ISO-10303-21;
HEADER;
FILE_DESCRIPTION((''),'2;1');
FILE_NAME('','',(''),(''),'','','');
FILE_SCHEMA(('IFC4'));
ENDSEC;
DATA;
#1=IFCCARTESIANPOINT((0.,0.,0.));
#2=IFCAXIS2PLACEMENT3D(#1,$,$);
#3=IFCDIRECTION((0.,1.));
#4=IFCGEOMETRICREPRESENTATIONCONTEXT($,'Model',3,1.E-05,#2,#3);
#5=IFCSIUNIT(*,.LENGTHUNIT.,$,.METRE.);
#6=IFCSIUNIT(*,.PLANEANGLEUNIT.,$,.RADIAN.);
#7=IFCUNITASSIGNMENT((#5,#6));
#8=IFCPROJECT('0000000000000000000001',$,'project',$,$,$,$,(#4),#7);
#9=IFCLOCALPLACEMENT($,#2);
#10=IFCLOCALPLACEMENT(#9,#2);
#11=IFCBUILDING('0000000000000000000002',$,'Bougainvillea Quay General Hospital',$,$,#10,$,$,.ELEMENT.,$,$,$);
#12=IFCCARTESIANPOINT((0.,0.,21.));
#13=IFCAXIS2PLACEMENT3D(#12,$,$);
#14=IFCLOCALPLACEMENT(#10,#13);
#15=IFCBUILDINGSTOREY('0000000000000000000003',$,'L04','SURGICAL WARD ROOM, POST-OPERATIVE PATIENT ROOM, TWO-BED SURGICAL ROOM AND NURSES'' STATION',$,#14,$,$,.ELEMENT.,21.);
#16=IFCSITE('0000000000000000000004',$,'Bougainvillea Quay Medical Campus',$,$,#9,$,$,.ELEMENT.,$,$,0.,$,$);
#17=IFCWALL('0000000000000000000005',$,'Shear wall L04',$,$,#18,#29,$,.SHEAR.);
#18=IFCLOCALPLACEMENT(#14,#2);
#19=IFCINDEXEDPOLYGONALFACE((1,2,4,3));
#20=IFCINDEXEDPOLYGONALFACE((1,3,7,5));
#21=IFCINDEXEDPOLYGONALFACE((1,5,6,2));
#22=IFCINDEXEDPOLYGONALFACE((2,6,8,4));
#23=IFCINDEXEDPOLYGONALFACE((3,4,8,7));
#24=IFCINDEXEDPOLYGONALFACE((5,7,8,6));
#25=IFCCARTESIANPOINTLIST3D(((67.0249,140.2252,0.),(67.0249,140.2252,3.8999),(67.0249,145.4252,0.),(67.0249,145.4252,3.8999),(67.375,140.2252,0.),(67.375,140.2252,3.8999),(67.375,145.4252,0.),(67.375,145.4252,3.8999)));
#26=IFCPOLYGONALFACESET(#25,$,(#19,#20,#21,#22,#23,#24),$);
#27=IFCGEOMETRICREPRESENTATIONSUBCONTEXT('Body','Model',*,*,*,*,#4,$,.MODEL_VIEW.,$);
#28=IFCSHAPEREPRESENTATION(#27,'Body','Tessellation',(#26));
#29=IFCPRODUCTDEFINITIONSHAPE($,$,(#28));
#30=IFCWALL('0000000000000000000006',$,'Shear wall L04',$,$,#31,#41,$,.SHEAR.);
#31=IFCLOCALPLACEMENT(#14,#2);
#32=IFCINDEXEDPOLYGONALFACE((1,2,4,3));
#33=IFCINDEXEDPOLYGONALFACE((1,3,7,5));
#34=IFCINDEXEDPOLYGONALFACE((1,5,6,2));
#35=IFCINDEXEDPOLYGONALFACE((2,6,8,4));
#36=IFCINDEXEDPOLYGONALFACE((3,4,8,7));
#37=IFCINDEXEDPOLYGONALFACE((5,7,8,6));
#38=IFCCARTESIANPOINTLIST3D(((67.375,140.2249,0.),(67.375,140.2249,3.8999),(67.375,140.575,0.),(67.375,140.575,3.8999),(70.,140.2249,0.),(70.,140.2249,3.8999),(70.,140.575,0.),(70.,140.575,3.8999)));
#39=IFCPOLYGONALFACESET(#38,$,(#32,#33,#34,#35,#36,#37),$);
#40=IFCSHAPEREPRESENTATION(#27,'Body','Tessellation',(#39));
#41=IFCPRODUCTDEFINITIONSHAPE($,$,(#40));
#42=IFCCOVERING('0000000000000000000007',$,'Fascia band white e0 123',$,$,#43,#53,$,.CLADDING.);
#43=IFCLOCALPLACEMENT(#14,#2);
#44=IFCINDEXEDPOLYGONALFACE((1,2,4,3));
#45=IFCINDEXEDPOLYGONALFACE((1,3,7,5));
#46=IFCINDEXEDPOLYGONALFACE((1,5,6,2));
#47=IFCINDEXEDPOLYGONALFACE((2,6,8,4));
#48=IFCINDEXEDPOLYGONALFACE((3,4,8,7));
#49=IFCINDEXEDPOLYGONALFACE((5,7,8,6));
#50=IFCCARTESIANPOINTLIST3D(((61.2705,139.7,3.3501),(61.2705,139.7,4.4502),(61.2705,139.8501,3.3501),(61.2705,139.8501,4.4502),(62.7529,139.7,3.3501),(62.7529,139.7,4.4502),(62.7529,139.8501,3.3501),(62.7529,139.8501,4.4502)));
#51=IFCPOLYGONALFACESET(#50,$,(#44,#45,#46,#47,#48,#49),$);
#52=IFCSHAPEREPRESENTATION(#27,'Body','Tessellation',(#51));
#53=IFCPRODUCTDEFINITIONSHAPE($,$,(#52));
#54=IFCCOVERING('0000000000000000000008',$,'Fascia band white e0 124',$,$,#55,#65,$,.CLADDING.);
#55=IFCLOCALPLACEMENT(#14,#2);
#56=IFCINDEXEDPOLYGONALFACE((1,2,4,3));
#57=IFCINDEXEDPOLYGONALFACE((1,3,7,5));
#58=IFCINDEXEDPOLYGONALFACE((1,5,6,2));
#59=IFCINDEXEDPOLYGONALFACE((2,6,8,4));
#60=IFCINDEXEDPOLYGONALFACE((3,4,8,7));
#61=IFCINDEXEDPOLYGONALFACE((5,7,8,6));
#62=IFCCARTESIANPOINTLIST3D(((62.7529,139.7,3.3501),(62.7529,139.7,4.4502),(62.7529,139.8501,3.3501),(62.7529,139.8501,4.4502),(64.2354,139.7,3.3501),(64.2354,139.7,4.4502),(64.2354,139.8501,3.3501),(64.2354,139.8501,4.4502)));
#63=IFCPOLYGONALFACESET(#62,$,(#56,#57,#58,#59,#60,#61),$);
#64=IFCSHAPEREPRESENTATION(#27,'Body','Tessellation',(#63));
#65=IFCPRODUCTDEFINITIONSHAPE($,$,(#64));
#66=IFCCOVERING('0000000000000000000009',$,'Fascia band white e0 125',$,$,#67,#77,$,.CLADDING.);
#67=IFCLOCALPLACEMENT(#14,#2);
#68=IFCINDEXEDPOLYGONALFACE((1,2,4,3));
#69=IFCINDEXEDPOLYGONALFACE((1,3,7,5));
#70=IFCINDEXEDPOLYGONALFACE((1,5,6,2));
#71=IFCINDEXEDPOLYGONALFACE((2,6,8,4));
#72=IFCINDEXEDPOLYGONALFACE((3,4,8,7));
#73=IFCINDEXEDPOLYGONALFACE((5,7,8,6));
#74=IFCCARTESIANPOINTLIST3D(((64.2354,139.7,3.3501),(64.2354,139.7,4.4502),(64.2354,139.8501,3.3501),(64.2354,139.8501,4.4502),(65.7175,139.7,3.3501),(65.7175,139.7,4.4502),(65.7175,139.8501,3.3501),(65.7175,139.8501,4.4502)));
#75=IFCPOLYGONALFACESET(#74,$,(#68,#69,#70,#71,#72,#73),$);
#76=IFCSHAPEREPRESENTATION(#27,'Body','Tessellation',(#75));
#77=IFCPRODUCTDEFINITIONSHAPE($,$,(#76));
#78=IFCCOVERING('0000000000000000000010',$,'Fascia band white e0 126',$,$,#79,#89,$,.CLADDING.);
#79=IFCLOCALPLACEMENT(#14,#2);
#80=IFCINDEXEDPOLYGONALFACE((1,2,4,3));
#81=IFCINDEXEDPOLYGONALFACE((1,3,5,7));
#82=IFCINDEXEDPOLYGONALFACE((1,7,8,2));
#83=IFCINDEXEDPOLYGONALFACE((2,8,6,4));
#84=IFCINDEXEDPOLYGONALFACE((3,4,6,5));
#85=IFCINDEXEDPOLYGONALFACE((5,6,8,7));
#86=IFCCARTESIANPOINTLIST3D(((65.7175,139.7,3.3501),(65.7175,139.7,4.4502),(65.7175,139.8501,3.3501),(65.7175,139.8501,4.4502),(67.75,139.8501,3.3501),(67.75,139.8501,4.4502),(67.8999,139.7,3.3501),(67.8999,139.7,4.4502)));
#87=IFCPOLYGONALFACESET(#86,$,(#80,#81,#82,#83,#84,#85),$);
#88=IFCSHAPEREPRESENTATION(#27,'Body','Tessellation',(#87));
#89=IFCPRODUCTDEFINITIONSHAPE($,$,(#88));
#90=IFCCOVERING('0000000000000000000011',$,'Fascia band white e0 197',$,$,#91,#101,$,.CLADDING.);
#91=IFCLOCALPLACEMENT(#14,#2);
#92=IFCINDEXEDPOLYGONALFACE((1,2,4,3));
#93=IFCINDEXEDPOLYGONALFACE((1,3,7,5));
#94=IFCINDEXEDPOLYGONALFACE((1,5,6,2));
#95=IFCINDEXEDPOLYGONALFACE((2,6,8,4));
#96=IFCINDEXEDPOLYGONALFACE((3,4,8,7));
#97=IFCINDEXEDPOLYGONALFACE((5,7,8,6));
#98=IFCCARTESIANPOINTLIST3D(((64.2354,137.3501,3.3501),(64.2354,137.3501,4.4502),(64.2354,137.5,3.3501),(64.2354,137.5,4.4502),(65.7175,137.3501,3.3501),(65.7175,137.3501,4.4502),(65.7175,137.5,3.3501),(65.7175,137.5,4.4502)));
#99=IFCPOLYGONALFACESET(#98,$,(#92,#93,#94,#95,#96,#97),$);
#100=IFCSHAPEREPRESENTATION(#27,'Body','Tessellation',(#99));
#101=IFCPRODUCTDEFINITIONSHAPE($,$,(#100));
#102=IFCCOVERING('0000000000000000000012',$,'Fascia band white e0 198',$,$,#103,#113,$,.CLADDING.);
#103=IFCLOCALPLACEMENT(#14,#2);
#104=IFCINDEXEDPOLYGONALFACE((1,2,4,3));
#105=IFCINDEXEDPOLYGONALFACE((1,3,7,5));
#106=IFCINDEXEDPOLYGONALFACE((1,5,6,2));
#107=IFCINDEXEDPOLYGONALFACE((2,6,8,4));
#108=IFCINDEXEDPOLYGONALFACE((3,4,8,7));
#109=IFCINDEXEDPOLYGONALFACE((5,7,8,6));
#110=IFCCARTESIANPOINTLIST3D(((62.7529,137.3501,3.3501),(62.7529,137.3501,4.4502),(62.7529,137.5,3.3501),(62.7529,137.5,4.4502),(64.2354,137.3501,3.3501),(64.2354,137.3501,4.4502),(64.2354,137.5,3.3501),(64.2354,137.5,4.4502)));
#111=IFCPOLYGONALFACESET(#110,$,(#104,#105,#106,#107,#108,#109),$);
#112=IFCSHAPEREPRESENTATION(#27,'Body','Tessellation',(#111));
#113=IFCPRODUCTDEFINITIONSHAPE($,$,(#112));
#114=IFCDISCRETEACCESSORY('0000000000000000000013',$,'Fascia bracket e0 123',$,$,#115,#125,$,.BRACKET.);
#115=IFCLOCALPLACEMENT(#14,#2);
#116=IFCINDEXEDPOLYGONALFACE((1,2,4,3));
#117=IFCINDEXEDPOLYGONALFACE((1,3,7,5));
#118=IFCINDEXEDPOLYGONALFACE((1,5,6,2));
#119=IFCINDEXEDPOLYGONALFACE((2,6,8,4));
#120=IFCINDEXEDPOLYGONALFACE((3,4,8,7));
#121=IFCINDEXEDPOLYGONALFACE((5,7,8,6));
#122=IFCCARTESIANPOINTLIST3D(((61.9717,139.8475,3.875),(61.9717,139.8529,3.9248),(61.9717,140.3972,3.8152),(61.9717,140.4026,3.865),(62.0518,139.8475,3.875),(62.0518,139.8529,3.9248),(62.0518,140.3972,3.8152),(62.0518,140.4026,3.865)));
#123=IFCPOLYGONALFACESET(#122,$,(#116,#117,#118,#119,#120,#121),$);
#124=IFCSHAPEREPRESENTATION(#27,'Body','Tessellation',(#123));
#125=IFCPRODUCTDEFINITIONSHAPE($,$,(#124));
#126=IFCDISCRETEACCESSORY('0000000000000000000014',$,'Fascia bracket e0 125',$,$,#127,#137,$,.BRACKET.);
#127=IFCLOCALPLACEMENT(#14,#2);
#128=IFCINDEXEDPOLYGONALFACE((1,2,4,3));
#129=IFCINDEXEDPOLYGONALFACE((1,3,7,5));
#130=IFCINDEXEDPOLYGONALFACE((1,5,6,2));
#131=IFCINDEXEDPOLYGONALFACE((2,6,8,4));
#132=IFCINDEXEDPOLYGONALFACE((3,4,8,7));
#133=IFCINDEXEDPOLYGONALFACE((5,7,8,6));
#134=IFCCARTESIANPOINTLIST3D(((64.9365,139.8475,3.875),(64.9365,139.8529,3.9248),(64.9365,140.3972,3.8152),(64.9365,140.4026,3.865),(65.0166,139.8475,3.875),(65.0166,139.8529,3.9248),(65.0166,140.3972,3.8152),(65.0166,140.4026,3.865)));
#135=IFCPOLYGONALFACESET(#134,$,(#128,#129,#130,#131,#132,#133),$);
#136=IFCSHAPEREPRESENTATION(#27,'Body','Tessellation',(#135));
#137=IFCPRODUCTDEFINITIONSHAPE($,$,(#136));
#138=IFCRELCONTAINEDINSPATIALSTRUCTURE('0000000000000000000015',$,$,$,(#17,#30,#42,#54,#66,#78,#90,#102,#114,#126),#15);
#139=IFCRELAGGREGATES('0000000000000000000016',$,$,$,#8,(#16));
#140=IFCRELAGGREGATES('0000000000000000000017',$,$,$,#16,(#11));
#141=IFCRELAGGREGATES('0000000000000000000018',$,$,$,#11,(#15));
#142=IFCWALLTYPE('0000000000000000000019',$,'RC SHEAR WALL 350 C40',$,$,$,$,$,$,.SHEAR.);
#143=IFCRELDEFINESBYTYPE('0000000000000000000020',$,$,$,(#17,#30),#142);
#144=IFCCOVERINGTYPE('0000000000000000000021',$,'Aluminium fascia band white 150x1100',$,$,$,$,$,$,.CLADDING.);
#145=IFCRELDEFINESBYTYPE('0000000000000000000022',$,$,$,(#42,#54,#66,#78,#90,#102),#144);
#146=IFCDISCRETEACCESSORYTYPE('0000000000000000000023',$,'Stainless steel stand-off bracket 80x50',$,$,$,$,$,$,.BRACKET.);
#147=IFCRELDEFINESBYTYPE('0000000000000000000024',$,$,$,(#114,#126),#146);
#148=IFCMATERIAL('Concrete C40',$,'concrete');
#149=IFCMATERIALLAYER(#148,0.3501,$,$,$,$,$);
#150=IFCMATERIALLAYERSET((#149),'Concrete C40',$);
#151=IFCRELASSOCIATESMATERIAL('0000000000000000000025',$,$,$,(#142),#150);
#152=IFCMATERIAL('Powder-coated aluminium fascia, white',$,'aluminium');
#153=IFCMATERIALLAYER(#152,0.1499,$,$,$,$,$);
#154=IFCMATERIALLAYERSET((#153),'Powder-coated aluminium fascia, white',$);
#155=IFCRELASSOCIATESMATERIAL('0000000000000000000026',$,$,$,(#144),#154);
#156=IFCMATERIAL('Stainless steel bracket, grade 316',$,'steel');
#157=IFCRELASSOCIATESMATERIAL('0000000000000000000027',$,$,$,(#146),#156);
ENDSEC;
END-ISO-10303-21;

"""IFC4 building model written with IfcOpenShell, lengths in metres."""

from ifc_helpers import new_model, si_unit, direction, frame, frame_2d, origin, origin_2d, place, context, subcontext, project, spatial, polyline, rectangle, outline, extrude, material, layer, layer_set, material_profile, profile_set, type_object, element, save


model = new_model("IFC4")

# Units and contexts
model_context = context("Model", 3, precision=1e-05, world=origin(), true_north=direction((0.0, 1.0)))
body_context = subcontext(model_context, "Body", "Model", "MODEL_VIEW")
ifc_project = project(units=[si_unit("LENGTHUNIT", "METRE"), si_unit("PLANEANGLEUNIT", "RADIAN")], contexts=[model_context])

# Site, building, storey
site_placement = place(None, origin())
site = spatial("IfcSite", under=ifc_project, at=site_placement, Name="Bougainvillea Quay Medical Campus", CompositionType="ELEMENT", RefElevation=0.0)
building_placement = place(site_placement, origin())
building = spatial("IfcBuilding", under=site, at=building_placement, Name="Bougainvillea Quay General Hospital", CompositionType="ELEMENT")
storey_placement = place(building_placement, frame((0.0, 0.0, 21.0)))
storey = spatial("IfcBuildingStorey", under=building, at=storey_placement, Name="L04", Description="SURGICAL WARD ROOM, POST-OPERATIVE PATIENT ROOM, TWO-BED SURGICAL ROOM AND NURSES' STATION", CompositionType="ELEMENT", Elevation=21.0)

# Shared definitions
ifc_material_1 = material(Name="Concrete C40", Category="concrete")

# Walls
ifc_layer_1 = layer(ifc_material_1, 0.3501)
ifc_layer_set_1 = layer_set([ifc_layer_1], Name="Concrete C40")
wall_type_1 = type_object("IfcWallType", Name="RC SHEAR WALL 350 C40", PredefinedType="SHEAR", material=ifc_layer_set_1)
wall_1_placement = place(storey_placement, frame((67.2, 140.2251, 0.0), z_axis=(0.0, 0.0, 1.0), x_axis=(0.0, 1.0, 0.0)))
element("IfcWall", 1, at=wall_1_placement, inside=storey, type_object=wall_type_1, Name="Shear wall L04", PredefinedType="SHEAR", context=body_context, shape_type="SweptSolid", body=[
    extrude(rectangle(XDim=5.2, YDim=0.3501, at=frame_2d((2.6001, 0.0))), origin(), (0.0, 0.0, 1.0), 3.8999),
])
wall_2_placement = place(storey_placement, frame((67.375, 140.3999, 0.0), z_axis=(0.0, 0.0, 1.0), x_axis=(1.0, 0.0, 0.0)))
element("IfcWall", 2, at=wall_2_placement, inside=storey, type_object=wall_type_1, Name="Shear wall L04", PredefinedType="SHEAR", context=body_context, shape_type="SweptSolid", body=[
    extrude(rectangle(XDim=2.625, YDim=0.3501, at=frame_2d((1.3125, 0.0))), origin(), (0.0, 0.0, 1.0), 3.8999),
])

# Coverings
ifc_material_2 = material(Name="Powder-coated aluminium fascia, white", Category="aluminium")
ifc_layer_2 = layer(ifc_material_2, 0.1499)
ifc_layer_set_2 = layer_set([ifc_layer_2], Name="Powder-coated aluminium fascia, white")
covering_type = type_object("IfcCoveringType", Name="Aluminium fascia band white 150x1100", PredefinedType="CLADDING", material=ifc_layer_set_2)
for number, where, z_axis, x_axis, name in (
    (3, (61.2705, 139.8501, 3.3501), (0.0, 0.0, 1.0), (1.0, 0.0, 0.0), "Fascia band white e0 123"),
    (4, (62.7529, 139.8501, 3.3501), (0.0, 0.0, 1.0), (1.0, 0.0, 0.0), "Fascia band white e0 124"),
):
    element("IfcCovering", number, at=place(storey_placement, frame(where, z_axis=z_axis, x_axis=x_axis)), inside=storey, type_object=covering_type, Name=name, PredefinedType="CLADDING", context=body_context, shape_type="SweptSolid", body=[
        extrude(outline(polyline([(0.0, 0.0), (1.4824, 0.0), (1.4824, -0.1501), (0.0, -0.1501), (0.0, 0.0)])), origin(), (0.0, 0.0, 1.0), 1.1001),
    ])
covering_1_placement = place(storey_placement, frame((64.2354, 139.8501, 3.3501), z_axis=(0.0, 0.0, 1.0), x_axis=(1.0, 0.0, 0.0)))
element("IfcCovering", 5, at=covering_1_placement, inside=storey, type_object=covering_type, Name="Fascia band white e0 125", PredefinedType="CLADDING", context=body_context, shape_type="SweptSolid", body=[
    extrude(outline(polyline([(0.0, 0.0), (1.4822, 0.0), (1.4822, -0.1501), (0.0, -0.1501), (0.0, 0.0)])), origin(), (0.0, 0.0, 1.0), 1.1001),
])
covering_2_placement = place(storey_placement, frame((65.7175, 139.8501, 3.3501), z_axis=(0.0, 0.0, 1.0), x_axis=(1.0, 0.0, 0.0)))
element("IfcCovering", 6, at=covering_2_placement, inside=storey, type_object=covering_type, Name="Fascia band white e0 126", PredefinedType="CLADDING", context=body_context, shape_type="SweptSolid", body=[
    extrude(outline(polyline([(0.0, 0.0), (2.0325, 0.0), (2.1824, -0.1501), (0.0, -0.1501), (0.0, 0.0)])), origin(), (0.0, 0.0, 1.0), 1.1001),
])
covering_3_placement = place(storey_placement, frame((65.7175, 137.3501, 3.3501), z_axis=(0.0, 0.0, 1.0), x_axis=(-1.0, 0.0, 0.0)))
element("IfcCovering", 7, at=covering_3_placement, inside=storey, type_object=covering_type, Name="Fascia band white e0 197", PredefinedType="CLADDING", context=body_context, shape_type="SweptSolid", body=[
    extrude(outline(polyline([(0.0, 0.0), (1.4822, 0.0), (1.4822, -0.1499), (0.0, -0.1499), (0.0, 0.0)])), origin(), (0.0, 0.0, 1.0), 1.1001),
])
covering_4_placement = place(storey_placement, frame((64.2354, 137.3501, 3.3501), z_axis=(0.0, 0.0, 1.0), x_axis=(-1.0, 0.0, 0.0)))
element("IfcCovering", 8, at=covering_4_placement, inside=storey, type_object=covering_type, Name="Fascia band white e0 198", PredefinedType="CLADDING", context=body_context, shape_type="SweptSolid", body=[
    extrude(outline(polyline([(0.0, 0.0), (1.4824, 0.0), (1.4824, -0.1499), (0.0, -0.1499), (0.0, 0.0)])), origin(), (0.0, 0.0, 1.0), 1.1001),
])

# Discrete accessories
ifc_material_3 = material(Name="Stainless steel bracket, grade 316", Category="steel")
ifc_material_profile_1 = material_profile(ifc_material_3, rectangle(XDim=0.0801, YDim=0.05, at=origin_2d()))
ifc_profile_set_1 = profile_set([ifc_material_profile_1], Name="Stainless steel bracket, grade 316")
discrete_accessory_type = type_object("IfcDiscreteAccessoryType", Name="Stainless steel stand-off bracket 80x50", PredefinedType="BRACKET", material=ifc_profile_set_1)
for number, where, z_axis, x_axis, name in (
    (9, (62.0117, 140.3999, 3.8401), (0.0, -0.994134, 0.108154), (1.0, 0.0, 0.0), "Fascia bracket e0 123"),
    (10, (64.9766, 140.3999, 3.8401), (0.0, -0.994134, 0.108154), (1.0, 0.0, 0.0), "Fascia bracket e0 125"),
):
    element("IfcDiscreteAccessory", number, at=place(storey_placement, frame(where, z_axis=z_axis, x_axis=x_axis)), inside=storey, type_object=discrete_accessory_type, Name=name, PredefinedType="BRACKET", context=body_context, shape_type="SweptSolid", body=[
        extrude(rectangle(XDim=0.0801, YDim=0.05, at=origin_2d()), origin(), (0.0, 0.0, 1.0), 0.553),
    ])

save(model, "model.ifc")
